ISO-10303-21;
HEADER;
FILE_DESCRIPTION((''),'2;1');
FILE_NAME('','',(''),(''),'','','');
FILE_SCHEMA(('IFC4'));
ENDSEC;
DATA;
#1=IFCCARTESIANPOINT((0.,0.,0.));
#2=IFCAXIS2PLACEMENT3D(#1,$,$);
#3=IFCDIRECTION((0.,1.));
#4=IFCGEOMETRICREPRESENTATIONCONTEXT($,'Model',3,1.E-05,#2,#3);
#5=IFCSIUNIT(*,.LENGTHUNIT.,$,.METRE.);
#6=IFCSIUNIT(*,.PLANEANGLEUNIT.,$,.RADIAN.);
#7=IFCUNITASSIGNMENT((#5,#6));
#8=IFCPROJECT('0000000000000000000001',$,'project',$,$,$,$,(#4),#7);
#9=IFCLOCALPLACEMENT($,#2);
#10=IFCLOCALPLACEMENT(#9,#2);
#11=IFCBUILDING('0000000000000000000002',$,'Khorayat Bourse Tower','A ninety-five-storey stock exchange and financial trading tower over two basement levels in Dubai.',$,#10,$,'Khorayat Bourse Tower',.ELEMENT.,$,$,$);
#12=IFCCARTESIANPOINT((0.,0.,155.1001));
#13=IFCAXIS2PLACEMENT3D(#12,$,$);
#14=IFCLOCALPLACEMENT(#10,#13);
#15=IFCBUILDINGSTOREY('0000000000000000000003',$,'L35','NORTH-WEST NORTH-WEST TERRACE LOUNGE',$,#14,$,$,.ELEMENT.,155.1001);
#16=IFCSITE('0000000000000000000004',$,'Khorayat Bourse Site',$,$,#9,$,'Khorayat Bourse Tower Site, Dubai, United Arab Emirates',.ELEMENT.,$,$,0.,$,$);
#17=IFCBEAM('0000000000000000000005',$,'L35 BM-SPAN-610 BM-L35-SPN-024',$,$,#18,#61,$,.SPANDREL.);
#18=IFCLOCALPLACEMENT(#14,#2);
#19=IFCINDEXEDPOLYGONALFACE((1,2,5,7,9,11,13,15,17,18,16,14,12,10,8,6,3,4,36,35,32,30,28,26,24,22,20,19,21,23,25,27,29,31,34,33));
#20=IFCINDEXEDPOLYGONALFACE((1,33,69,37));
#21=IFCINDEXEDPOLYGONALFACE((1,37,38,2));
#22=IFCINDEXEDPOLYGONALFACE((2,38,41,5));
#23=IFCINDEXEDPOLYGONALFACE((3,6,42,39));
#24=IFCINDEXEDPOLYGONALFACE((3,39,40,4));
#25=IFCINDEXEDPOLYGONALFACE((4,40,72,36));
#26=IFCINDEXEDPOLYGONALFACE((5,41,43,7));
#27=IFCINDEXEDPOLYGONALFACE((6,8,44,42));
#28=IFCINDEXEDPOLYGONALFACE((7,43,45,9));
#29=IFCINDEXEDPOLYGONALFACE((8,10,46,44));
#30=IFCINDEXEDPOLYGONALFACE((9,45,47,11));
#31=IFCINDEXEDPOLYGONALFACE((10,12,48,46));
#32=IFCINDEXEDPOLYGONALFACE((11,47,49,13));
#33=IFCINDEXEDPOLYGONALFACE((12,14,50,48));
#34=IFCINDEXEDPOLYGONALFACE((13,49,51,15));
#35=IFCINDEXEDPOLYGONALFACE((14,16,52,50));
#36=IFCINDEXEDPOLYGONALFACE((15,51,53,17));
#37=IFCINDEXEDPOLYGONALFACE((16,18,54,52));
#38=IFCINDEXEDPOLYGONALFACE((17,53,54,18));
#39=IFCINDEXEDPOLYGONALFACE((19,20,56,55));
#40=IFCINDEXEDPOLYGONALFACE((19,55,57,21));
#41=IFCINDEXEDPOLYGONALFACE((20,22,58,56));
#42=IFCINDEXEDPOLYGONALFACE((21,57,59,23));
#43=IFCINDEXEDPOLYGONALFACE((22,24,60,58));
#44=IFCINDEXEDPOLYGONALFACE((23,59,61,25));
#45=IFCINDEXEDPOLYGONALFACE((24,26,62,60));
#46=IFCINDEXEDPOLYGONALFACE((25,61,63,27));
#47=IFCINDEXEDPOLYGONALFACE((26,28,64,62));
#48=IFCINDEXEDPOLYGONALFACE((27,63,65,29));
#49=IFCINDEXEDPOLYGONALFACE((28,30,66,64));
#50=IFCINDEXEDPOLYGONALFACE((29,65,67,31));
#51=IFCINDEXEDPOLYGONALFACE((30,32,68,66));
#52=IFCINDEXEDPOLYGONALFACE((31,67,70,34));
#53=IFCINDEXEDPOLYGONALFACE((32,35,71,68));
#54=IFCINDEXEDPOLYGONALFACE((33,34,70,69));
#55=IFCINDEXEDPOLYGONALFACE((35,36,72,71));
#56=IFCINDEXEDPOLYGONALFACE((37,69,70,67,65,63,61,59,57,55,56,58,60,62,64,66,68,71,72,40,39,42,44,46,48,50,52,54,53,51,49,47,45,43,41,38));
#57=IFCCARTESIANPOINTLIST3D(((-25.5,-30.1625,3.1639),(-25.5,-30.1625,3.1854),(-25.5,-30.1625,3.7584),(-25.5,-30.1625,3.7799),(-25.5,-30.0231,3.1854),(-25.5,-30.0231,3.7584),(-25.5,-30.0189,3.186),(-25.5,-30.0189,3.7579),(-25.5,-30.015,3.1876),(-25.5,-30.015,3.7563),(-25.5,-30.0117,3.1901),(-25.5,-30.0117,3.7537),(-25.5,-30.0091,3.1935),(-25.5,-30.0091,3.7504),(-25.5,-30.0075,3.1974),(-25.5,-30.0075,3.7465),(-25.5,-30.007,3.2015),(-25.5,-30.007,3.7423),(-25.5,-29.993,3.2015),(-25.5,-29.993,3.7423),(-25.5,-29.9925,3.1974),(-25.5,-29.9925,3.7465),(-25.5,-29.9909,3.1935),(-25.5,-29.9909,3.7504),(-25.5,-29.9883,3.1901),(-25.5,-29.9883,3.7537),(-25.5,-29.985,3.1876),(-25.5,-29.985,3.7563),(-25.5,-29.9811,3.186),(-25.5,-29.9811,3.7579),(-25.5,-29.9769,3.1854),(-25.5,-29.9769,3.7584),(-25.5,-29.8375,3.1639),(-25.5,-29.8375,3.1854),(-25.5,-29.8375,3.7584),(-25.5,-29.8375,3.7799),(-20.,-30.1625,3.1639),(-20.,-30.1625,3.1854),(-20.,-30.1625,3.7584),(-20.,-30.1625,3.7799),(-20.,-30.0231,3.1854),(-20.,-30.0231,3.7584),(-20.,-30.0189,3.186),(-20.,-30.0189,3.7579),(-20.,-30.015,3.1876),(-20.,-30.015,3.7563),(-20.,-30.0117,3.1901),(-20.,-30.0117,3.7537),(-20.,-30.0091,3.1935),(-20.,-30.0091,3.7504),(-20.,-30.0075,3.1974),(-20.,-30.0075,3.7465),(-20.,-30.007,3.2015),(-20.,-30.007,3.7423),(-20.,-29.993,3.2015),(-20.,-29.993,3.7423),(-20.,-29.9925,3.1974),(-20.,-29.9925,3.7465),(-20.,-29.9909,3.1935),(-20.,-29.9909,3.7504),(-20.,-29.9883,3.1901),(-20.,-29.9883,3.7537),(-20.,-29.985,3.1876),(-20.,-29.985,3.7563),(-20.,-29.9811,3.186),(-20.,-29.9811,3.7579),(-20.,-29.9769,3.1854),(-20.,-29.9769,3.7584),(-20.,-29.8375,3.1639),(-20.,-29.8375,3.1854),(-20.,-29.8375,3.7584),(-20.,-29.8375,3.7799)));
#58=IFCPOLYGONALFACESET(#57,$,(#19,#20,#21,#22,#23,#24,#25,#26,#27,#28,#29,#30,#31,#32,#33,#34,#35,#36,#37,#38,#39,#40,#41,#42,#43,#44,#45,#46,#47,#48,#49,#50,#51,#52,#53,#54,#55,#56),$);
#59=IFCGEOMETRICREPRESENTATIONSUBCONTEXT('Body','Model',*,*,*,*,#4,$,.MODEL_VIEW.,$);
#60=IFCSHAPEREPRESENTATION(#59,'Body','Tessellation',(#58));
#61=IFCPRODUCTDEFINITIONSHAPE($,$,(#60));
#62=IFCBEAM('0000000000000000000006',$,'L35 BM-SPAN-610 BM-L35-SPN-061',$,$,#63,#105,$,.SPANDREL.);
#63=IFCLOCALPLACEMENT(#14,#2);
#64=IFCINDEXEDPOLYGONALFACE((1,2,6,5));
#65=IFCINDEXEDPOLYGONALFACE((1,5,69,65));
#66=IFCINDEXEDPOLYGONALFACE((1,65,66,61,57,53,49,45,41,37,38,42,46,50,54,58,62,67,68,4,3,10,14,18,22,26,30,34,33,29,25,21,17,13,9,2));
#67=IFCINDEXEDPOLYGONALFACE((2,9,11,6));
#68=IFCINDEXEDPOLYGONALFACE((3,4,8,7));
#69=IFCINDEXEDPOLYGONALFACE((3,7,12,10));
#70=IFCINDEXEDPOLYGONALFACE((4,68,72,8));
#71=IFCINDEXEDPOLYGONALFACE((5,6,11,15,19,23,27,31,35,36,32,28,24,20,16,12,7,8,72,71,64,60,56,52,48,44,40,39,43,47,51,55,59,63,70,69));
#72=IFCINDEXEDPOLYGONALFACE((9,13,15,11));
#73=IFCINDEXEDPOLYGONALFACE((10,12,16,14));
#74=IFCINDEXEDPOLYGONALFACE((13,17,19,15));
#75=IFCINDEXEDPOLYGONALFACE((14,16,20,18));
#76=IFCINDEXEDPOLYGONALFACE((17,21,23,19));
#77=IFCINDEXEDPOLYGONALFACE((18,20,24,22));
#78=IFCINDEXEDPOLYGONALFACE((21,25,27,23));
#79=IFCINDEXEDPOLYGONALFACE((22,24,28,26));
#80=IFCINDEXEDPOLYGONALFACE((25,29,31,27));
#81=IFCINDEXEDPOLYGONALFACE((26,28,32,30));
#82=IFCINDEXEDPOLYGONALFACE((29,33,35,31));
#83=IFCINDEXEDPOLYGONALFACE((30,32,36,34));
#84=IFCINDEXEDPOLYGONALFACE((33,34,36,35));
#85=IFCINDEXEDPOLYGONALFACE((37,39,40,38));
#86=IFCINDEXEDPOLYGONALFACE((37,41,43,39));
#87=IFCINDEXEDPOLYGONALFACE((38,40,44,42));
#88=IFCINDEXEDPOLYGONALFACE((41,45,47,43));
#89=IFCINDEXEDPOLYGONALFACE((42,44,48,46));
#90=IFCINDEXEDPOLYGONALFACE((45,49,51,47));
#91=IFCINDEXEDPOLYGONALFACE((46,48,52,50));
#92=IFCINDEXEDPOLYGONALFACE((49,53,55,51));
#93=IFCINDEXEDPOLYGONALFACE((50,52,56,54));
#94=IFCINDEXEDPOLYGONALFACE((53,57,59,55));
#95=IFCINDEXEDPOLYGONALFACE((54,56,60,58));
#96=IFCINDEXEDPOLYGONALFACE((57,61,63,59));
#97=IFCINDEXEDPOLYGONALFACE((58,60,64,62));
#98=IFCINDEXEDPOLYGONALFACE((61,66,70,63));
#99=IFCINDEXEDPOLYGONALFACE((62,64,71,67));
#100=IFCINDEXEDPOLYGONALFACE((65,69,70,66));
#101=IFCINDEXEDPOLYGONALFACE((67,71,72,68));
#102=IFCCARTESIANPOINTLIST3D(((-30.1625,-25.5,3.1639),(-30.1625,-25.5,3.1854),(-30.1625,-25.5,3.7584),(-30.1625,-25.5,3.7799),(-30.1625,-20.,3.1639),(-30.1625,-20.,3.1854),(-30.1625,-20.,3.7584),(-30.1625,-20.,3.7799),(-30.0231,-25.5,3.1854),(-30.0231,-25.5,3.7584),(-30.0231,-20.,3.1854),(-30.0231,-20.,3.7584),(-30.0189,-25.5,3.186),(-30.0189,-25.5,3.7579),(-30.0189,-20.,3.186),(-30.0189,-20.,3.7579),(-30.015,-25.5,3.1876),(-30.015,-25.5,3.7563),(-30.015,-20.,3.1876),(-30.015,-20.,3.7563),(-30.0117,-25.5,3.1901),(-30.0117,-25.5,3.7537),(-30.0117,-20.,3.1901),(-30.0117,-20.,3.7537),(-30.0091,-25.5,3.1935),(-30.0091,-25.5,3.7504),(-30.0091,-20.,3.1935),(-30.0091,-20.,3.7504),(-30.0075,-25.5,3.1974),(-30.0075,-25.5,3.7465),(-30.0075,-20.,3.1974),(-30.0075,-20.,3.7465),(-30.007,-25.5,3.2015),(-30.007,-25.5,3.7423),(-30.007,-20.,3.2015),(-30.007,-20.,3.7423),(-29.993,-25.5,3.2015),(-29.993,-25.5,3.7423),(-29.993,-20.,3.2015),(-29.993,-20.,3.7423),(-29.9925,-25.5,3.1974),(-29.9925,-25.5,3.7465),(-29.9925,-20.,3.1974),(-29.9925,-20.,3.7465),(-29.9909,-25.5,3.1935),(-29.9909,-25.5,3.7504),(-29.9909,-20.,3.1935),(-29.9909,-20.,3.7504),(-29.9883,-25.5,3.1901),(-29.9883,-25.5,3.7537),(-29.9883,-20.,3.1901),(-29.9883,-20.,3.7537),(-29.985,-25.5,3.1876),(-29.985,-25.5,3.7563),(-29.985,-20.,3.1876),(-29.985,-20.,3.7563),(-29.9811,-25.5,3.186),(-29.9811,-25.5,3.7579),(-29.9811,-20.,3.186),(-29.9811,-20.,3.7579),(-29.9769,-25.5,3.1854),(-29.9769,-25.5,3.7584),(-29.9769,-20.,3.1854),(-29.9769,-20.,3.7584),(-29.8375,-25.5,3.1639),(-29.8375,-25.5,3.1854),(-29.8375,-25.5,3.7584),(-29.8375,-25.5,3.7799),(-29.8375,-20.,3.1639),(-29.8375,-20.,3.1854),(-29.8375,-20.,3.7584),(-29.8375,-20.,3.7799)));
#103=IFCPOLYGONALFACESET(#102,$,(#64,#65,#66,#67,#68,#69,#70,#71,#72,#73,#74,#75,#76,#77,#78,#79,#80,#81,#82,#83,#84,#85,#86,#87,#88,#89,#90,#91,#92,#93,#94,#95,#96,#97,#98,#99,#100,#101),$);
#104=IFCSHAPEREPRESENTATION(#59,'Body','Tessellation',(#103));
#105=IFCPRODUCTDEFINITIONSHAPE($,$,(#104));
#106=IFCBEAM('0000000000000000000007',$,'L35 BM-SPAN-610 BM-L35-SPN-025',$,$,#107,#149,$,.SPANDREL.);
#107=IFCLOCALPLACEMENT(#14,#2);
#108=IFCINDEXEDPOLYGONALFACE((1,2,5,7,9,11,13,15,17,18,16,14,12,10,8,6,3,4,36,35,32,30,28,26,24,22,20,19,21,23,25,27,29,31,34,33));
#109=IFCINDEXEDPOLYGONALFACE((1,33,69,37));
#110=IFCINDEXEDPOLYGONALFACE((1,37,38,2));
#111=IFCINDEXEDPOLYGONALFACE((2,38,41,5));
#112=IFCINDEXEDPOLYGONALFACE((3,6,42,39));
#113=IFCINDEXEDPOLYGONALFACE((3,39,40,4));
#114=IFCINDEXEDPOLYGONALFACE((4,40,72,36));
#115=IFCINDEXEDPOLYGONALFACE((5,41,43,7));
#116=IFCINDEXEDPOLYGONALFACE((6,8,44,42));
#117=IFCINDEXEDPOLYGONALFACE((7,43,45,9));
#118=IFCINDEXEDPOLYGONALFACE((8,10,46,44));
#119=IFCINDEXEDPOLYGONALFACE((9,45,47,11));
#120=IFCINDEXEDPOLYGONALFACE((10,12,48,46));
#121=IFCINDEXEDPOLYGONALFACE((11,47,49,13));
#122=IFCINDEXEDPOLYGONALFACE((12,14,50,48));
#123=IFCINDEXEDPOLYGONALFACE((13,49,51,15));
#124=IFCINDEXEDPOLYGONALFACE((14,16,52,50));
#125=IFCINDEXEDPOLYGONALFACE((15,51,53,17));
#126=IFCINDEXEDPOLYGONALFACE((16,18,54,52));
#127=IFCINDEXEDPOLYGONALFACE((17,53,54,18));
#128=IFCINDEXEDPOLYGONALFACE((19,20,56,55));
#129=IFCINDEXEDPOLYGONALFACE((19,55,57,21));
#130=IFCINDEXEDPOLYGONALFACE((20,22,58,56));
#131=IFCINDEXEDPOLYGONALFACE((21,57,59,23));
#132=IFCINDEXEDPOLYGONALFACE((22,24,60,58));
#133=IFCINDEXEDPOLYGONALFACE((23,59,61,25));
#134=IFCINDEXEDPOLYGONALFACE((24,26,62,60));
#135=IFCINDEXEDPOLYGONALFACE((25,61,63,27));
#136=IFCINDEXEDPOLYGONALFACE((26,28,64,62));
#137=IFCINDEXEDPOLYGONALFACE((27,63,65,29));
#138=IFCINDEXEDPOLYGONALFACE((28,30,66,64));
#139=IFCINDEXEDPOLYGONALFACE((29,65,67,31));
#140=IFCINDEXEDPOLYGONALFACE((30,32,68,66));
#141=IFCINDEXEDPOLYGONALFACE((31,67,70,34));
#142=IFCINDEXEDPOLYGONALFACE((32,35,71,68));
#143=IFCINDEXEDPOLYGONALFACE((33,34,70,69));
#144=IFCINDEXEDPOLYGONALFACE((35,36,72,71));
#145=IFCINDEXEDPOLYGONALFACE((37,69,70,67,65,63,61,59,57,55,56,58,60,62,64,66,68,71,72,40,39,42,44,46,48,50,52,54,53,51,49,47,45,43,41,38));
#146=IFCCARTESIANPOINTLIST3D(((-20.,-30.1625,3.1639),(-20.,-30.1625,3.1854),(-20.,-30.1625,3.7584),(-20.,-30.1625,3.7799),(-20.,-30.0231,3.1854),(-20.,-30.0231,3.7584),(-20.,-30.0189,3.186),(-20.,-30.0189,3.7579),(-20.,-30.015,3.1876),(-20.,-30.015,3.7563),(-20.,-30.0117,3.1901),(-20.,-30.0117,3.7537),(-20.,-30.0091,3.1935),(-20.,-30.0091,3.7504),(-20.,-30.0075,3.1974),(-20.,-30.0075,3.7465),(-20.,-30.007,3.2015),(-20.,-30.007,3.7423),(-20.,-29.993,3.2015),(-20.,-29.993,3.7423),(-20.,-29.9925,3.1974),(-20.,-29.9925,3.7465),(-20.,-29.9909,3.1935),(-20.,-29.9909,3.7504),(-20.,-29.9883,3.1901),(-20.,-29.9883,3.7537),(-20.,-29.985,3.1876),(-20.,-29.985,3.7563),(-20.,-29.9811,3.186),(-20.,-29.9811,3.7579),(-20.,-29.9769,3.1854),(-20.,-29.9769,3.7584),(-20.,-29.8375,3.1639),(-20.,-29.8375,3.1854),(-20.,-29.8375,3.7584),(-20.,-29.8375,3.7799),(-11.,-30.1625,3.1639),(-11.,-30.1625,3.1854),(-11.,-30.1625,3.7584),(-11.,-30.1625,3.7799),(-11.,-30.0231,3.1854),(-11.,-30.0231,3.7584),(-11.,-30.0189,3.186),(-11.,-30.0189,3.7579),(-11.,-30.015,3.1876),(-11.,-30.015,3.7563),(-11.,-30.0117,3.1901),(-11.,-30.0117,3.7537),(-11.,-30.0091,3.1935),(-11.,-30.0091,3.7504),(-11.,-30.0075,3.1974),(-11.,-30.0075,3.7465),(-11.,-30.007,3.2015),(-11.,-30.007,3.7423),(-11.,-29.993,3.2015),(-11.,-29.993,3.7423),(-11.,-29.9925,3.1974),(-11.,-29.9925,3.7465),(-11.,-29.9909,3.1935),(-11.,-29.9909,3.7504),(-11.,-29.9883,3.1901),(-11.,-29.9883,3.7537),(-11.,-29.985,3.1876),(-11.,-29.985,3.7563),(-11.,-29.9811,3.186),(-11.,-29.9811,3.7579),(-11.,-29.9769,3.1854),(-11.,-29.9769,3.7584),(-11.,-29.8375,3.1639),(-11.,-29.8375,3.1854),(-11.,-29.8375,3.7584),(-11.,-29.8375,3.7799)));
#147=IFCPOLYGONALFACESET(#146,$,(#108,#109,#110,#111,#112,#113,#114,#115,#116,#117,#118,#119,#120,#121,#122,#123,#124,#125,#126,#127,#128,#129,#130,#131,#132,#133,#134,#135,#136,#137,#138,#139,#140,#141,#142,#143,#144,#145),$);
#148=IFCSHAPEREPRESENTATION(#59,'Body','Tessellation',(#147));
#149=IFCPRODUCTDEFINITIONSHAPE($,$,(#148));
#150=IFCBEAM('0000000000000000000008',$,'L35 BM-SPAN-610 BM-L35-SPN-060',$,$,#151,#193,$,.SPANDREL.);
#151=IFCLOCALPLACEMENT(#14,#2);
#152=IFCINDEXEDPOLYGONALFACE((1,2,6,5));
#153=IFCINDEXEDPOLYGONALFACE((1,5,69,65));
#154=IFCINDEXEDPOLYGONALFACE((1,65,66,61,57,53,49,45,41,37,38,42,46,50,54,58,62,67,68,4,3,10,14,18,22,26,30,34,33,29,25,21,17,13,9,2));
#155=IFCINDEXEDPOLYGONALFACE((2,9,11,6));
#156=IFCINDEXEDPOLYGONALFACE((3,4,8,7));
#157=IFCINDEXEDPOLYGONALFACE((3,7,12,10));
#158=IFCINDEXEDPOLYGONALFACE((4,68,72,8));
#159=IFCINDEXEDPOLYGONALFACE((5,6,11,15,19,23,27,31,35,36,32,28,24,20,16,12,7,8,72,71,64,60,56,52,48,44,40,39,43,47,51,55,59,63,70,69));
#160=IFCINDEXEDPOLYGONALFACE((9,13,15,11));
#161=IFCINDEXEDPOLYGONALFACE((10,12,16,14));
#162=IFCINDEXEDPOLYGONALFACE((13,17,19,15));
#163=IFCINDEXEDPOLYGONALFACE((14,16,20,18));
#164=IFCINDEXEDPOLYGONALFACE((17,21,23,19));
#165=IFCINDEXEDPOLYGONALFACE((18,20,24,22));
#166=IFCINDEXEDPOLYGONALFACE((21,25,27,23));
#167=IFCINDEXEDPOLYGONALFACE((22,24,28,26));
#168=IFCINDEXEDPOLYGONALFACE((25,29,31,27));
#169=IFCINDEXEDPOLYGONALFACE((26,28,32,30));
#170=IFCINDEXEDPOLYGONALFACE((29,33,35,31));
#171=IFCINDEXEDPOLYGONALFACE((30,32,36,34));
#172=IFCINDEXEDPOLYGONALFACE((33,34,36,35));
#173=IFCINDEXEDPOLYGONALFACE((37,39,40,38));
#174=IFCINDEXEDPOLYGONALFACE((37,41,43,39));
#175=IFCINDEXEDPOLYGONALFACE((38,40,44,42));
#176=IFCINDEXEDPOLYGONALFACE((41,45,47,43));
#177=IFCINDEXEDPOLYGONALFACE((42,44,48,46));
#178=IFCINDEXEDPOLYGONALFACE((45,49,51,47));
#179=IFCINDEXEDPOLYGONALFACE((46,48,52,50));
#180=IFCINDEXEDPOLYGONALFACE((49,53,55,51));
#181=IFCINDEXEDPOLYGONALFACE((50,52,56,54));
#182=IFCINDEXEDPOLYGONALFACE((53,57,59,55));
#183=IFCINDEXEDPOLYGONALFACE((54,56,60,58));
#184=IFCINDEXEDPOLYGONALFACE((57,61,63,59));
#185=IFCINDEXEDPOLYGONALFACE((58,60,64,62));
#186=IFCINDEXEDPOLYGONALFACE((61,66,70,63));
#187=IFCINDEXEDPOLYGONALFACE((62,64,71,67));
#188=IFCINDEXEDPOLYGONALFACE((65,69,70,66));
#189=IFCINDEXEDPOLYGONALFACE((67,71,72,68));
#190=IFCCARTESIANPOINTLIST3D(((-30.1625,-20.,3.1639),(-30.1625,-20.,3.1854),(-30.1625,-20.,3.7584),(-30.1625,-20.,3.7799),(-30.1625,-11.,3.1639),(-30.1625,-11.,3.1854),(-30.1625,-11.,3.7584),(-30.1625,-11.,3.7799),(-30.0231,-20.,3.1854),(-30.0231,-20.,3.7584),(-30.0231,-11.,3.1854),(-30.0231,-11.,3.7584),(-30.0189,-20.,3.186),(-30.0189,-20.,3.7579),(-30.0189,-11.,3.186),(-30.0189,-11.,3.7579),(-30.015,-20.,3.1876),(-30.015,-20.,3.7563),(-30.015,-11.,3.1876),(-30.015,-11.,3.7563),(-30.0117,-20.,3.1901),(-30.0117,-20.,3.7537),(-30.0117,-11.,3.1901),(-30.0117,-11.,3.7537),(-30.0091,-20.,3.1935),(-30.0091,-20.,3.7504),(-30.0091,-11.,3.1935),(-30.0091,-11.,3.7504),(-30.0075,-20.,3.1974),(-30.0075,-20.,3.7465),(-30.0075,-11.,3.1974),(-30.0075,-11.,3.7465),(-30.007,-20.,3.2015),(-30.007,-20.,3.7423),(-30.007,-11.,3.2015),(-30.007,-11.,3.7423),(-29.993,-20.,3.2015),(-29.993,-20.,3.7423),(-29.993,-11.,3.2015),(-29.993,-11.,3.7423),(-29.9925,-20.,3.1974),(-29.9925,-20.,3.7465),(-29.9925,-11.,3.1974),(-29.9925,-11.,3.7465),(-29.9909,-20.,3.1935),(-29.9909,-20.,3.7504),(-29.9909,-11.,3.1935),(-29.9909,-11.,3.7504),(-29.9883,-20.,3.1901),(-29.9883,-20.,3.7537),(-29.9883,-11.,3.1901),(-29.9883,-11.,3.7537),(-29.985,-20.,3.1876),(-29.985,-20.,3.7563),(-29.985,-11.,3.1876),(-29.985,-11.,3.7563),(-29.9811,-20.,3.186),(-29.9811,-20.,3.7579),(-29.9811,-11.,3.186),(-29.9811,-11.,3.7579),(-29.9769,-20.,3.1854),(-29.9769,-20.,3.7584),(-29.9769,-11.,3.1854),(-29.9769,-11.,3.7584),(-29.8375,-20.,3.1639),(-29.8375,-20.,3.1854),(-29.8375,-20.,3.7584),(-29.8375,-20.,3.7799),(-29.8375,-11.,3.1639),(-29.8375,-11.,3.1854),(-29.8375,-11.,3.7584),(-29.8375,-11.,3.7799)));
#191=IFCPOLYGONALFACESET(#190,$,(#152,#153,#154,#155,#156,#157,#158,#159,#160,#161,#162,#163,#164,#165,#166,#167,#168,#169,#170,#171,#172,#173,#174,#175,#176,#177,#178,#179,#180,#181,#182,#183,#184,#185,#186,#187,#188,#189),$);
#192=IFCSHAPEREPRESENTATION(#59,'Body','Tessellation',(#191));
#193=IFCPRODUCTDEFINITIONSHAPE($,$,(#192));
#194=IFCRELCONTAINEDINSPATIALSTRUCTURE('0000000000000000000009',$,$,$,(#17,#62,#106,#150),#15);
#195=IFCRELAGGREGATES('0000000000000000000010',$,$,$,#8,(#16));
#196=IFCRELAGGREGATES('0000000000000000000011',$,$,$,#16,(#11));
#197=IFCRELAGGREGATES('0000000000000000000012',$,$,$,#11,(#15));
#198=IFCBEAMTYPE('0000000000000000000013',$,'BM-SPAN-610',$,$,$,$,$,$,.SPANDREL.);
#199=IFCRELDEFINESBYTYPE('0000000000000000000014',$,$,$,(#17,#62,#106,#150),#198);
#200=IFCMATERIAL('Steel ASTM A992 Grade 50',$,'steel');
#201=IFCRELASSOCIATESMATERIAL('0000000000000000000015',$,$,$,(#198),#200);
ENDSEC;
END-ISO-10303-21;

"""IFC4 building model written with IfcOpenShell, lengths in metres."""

from ifc_helpers import new_model, si_unit, direction, frame, origin, origin_2d, place, context, subcontext, project, spatial, i_section, extrude, source, transform, mapped, material, material_profile, profile_set, type_object, element, save


model = new_model("IFC4")

# Units and contexts
model_context = context("Model", 3, precision=1e-05, world=origin(), true_north=direction((0.0, 1.0)))
body_context = subcontext(model_context, "Body", "Model", "MODEL_VIEW")
ifc_project = project(units=[si_unit("LENGTHUNIT", "METRE"), si_unit("PLANEANGLEUNIT", "RADIAN")], contexts=[model_context])

# Site, building, storey
site_placement = place(None, origin())
site = spatial("IfcSite", under=ifc_project, at=site_placement, Name="Khorayat Bourse Site", LongName="Khorayat Bourse Tower Site, Dubai, United Arab Emirates", CompositionType="ELEMENT", RefElevation=0.0)
building_placement = place(site_placement, origin())
building = spatial("IfcBuilding", under=site, at=building_placement, Name="Khorayat Bourse Tower", Description="A ninety-five-storey stock exchange and financial trading tower over two basement levels in Dubai.", LongName="Khorayat Bourse Tower", CompositionType="ELEMENT")
storey_placement = place(building_placement, frame((0.0, 0.0, 155.1001)))
storey = spatial("IfcBuildingStorey", under=building, at=storey_placement, Name="L35", Description="NORTH-WEST NORTH-WEST TERRACE LOUNGE", CompositionType="ELEMENT", Elevation=155.1001)

# Beams
ifc_material_1 = material(Name="Steel ASTM A992 Grade 50", Category="steel")
ifc_material_profile_1 = material_profile(ifc_material_1, i_section(OverallWidth=0.325, OverallDepth=0.616, WebThickness=0.0139, FlangeThickness=0.0215, FilletRadius=0.0161, at=origin_2d()), Name="W610X174")
ifc_profile_set_1 = profile_set([ifc_material_profile_1], Name="Steel ASTM A992 Grade 50")
beam_type_1 = type_object("IfcBeamType", Name="BM-SPAN-610", PredefinedType="SPANDREL", material=ifc_profile_set_1)
shared_shape_1 = source(origin(), body_context, "Body", "SweptSolid", [
    extrude(i_section(OverallWidth=0.325, OverallDepth=0.616, WebThickness=0.0139, FlangeThickness=0.0215, FilletRadius=0.0161, at=origin_2d()), origin(), (0.0, 0.0, 1.0), 5.5),
])
for number, where, z_axis, x_axis, name in (
    (1, (-25.5, -30.0, 3.4719), (1.0, 0.0, 0.0), (0.0, 1.0, 0.0), "L35 BM-SPAN-610 BM-L35-SPN-024"),
    (2, (-30.0, -25.5, 3.4719), (0.0, 1.0, 0.0), (-1.0, 0.0, 0.0), "L35 BM-SPAN-610 BM-L35-SPN-061"),
):
    element("IfcBeam", number, at=place(storey_placement, frame(where, z_axis=z_axis, x_axis=x_axis)), inside=storey, type_object=beam_type_1, Name=name, PredefinedType="SPANDREL", context=body_context, shape_type="MappedRepresentation", body=[
        mapped(shared_shape_1, transform((0.0, 0.0, 0.0), scale=1.0)),
    ])
shared_shape_2 = source(origin(), body_context, "Body", "SweptSolid", [
    extrude(i_section(OverallWidth=0.325, OverallDepth=0.616, WebThickness=0.0139, FlangeThickness=0.0215, FilletRadius=0.0161, at=origin_2d()), origin(), (0.0, 0.0, 1.0), 9.0),
])
for number, where, z_axis, x_axis, name in (
    (3, (-20.0, -30.0, 3.4719), (1.0, 0.0, 0.0), (0.0, 1.0, 0.0), "L35 BM-SPAN-610 BM-L35-SPN-025"),
    (4, (-30.0, -20.0, 3.4719), (0.0, 1.0, 0.0), (-1.0, 0.0, 0.0), "L35 BM-SPAN-610 BM-L35-SPN-060"),
):
    element("IfcBeam", number, at=place(storey_placement, frame(where, z_axis=z_axis, x_axis=x_axis)), inside=storey, type_object=beam_type_1, Name=name, PredefinedType="SPANDREL", context=body_context, shape_type="MappedRepresentation", body=[
        mapped(shared_shape_2, transform((0.0, 0.0, 0.0), scale=1.0)),
    ])

save(model, "model.ifc")
